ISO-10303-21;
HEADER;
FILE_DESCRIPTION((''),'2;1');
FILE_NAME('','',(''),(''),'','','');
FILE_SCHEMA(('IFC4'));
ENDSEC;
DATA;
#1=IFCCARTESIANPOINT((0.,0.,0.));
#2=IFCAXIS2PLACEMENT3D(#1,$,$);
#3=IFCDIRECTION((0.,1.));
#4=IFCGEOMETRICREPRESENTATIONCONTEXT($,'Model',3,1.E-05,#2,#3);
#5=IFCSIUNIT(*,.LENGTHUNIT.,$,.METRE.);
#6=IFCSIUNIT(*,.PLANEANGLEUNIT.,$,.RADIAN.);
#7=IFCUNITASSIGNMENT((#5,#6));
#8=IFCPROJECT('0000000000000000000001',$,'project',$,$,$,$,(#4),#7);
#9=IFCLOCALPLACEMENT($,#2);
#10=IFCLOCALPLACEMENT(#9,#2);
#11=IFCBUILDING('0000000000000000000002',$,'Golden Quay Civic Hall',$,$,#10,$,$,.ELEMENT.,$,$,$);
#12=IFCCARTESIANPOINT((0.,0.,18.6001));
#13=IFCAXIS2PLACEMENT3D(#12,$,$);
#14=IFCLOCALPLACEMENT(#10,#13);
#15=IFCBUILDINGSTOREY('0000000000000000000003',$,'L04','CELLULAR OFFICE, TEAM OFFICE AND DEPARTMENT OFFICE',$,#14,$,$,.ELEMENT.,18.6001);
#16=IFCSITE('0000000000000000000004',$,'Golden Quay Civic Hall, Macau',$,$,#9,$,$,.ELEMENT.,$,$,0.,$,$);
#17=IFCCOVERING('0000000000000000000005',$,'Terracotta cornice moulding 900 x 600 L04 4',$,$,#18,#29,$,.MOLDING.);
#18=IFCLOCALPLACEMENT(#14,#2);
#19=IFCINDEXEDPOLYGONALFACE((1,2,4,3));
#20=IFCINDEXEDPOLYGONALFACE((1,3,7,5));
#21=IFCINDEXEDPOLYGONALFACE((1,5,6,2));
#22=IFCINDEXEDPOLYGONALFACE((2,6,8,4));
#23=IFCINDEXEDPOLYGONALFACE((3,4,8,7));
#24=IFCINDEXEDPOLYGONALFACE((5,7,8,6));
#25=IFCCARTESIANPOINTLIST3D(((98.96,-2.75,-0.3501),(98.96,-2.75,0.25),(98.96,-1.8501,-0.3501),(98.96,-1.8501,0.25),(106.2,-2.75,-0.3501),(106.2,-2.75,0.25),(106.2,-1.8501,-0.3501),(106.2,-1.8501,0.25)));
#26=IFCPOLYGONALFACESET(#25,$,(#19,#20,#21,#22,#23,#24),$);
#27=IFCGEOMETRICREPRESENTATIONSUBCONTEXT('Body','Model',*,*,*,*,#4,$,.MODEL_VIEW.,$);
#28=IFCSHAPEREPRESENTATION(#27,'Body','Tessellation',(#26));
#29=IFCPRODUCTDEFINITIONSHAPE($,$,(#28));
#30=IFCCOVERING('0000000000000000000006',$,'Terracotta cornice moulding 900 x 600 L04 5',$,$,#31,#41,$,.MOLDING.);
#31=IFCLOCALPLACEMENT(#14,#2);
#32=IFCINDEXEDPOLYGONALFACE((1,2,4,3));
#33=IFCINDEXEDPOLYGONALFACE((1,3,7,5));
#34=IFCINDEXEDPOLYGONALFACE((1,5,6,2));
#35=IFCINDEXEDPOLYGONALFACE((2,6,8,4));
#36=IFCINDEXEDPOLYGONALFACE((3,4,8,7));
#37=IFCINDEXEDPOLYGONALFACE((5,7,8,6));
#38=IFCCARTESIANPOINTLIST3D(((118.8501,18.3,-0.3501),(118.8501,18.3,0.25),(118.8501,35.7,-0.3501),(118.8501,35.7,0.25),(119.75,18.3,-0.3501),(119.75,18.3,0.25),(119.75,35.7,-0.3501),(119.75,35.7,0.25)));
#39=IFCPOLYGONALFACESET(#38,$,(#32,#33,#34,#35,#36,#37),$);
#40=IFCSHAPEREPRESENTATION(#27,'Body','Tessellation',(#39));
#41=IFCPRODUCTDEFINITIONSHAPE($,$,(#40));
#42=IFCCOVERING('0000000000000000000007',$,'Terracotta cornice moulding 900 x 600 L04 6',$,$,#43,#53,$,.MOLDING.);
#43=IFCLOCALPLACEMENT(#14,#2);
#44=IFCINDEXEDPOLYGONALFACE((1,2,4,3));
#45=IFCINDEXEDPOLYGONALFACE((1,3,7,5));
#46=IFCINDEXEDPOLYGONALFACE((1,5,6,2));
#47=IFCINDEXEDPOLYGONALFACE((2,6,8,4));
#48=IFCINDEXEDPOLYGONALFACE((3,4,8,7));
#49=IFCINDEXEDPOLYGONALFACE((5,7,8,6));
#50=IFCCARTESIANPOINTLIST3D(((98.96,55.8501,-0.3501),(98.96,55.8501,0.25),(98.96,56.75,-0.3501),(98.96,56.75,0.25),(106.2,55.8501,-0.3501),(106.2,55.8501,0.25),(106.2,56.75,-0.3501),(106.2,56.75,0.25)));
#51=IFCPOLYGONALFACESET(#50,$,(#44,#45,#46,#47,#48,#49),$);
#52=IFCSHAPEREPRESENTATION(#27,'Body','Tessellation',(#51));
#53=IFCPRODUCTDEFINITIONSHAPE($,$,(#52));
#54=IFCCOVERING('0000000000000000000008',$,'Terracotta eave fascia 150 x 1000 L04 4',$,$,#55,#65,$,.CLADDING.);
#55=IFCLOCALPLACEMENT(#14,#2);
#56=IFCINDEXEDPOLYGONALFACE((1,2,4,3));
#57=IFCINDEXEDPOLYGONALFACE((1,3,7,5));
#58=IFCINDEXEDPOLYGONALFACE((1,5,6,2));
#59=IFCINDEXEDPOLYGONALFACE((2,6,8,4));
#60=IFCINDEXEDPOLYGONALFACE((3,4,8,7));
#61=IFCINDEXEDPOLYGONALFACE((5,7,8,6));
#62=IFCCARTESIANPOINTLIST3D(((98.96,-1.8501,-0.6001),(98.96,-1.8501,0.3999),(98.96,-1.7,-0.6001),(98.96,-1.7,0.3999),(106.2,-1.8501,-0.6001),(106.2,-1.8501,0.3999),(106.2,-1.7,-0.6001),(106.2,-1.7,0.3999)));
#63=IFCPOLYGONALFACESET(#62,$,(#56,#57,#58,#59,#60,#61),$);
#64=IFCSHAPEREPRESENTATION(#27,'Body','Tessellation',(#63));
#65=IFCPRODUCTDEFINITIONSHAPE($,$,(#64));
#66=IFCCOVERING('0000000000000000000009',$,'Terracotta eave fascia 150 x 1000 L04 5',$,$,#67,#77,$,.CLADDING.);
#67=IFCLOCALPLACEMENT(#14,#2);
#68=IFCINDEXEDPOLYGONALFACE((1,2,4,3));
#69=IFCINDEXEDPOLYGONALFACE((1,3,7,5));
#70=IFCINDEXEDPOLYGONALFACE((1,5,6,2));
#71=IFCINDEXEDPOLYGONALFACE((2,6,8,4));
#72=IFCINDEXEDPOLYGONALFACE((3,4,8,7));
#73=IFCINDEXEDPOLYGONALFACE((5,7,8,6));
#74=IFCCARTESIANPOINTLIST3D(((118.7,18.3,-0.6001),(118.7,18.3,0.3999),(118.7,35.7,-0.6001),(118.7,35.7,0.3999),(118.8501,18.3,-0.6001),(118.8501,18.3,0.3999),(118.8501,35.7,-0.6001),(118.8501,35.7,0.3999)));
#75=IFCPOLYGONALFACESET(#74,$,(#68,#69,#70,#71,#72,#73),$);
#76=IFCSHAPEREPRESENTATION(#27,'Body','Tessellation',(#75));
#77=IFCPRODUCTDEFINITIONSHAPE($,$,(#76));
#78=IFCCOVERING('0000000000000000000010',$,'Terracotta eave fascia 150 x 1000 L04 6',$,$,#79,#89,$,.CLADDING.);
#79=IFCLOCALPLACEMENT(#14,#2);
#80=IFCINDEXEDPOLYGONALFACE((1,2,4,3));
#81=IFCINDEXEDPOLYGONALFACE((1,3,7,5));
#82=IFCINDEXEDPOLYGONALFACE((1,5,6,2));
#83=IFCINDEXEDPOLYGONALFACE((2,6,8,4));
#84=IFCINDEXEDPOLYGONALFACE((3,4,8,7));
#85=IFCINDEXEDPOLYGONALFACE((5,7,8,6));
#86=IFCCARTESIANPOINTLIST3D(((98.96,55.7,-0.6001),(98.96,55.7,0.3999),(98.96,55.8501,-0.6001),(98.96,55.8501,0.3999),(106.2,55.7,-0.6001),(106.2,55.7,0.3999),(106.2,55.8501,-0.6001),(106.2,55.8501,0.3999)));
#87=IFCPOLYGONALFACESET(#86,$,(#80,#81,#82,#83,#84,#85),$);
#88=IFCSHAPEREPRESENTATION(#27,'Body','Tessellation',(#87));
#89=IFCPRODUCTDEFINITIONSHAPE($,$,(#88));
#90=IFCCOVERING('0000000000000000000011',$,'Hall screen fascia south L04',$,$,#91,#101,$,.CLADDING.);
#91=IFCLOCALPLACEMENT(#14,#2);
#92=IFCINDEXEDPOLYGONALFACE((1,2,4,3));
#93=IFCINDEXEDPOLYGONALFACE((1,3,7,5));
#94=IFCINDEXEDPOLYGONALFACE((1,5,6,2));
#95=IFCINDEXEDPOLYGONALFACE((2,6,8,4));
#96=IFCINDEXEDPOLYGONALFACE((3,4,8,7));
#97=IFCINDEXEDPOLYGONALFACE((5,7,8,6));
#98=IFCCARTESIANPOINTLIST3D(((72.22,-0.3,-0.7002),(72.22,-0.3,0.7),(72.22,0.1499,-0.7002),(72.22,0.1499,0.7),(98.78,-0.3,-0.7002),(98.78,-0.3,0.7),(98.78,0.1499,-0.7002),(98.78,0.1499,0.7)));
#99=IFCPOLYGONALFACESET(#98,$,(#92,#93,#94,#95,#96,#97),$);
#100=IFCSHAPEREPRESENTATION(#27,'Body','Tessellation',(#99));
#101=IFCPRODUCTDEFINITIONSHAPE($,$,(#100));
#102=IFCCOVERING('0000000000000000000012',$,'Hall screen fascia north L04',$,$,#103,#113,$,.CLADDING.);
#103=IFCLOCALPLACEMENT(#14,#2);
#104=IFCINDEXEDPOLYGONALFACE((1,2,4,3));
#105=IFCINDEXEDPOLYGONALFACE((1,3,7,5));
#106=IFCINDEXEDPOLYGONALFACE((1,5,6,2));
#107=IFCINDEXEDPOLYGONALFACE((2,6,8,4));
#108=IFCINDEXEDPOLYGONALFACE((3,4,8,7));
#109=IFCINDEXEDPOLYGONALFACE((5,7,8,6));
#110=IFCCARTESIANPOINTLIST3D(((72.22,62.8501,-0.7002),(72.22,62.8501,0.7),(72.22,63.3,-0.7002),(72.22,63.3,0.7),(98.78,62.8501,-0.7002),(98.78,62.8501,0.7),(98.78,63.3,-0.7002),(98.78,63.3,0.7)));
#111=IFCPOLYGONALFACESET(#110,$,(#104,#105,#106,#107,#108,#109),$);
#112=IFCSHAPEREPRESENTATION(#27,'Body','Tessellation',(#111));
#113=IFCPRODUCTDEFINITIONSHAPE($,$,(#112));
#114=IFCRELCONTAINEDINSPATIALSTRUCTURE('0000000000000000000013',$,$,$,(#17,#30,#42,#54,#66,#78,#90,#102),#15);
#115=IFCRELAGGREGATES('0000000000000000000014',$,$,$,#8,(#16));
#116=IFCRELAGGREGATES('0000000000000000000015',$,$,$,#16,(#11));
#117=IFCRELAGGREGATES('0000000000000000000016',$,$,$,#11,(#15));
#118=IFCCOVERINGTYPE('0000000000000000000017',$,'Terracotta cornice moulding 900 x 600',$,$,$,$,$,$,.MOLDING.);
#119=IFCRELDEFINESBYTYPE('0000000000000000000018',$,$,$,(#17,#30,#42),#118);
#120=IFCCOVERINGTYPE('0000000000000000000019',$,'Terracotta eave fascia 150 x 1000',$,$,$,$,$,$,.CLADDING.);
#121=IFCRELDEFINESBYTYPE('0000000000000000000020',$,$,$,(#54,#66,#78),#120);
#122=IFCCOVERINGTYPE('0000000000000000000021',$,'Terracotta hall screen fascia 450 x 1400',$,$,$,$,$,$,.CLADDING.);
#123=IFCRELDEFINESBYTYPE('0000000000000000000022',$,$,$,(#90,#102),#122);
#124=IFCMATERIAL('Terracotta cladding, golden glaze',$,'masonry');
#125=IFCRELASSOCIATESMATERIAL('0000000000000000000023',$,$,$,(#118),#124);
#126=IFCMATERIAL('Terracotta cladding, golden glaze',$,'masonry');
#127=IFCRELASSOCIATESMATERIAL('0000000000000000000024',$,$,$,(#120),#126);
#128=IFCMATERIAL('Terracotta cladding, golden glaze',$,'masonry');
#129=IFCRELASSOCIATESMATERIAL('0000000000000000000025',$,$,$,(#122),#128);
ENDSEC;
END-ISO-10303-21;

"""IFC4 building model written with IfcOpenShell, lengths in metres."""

from ifc_helpers import new_model, si_unit, direction, frame, origin, place, context, subcontext, project, spatial, polyline, outline, extrude, material, type_object, element, save


model = new_model("IFC4")

# Units and contexts
model_context = context("Model", 3, precision=1e-05, world=origin(), true_north=direction((0.0, 1.0)))
body_context = subcontext(model_context, "Body", "Model", "MODEL_VIEW")
ifc_project = project(units=[si_unit("LENGTHUNIT", "METRE"), si_unit("PLANEANGLEUNIT", "RADIAN")], contexts=[model_context])

# Site, building, storey
site_placement = place(None, origin())
site = spatial("IfcSite", under=ifc_project, at=site_placement, Name="Golden Quay Civic Hall, Macau", CompositionType="ELEMENT", RefElevation=0.0)
building_placement = place(site_placement, origin())
building = spatial("IfcBuilding", under=site, at=building_placement, Name="Golden Quay Civic Hall", CompositionType="ELEMENT")
storey_placement = place(building_placement, frame((0.0, 0.0, 18.6001)))
storey = spatial("IfcBuildingStorey", under=building, at=storey_placement, Name="L04", Description="CELLULAR OFFICE, TEAM OFFICE AND DEPARTMENT OFFICE", CompositionType="ELEMENT", Elevation=18.6001)

# Coverings
ifc_material_1 = material(Name="Terracotta cladding, golden glaze", Category="masonry")
covering_type_1 = type_object("IfcCoveringType", Name="Terracotta cornice moulding 900 x 600", PredefinedType="MOLDING", material=ifc_material_1)
covering_1_placement = place(storey_placement, frame((0.0, 0.0, -0.3501)))
element("IfcCovering", 1, at=covering_1_placement, inside=storey, type_object=covering_type_1, Name="Terracotta cornice moulding 900 x 600 L04 4", PredefinedType="MOLDING", context=body_context, shape_type="SweptSolid", body=[
    extrude(outline(polyline([(98.96, -2.75), (98.96, -1.8501), (106.2, -1.8501), (106.2, -2.75), (98.96, -2.75)])), origin(), (0.0, 0.0, 1.0), 0.6001),
])
covering_2_placement = place(storey_placement, frame((0.0, 0.0, -0.3501)))
element("IfcCovering", 2, at=covering_2_placement, inside=storey, type_object=covering_type_1, Name="Terracotta cornice moulding 900 x 600 L04 5", PredefinedType="MOLDING", context=body_context, shape_type="SweptSolid", body=[
    extrude(outline(polyline([(118.8501, 35.7), (119.75, 35.7), (119.75, 18.3), (118.8501, 18.3), (118.8501, 35.7)])), origin(), (0.0, 0.0, 1.0), 0.6001),
])
covering_3_placement = place(storey_placement, frame((0.0, 0.0, -0.3501)))
element("IfcCovering", 3, at=covering_3_placement, inside=storey, type_object=covering_type_1, Name="Terracotta cornice moulding 900 x 600 L04 6", PredefinedType="MOLDING", context=body_context, shape_type="SweptSolid", body=[
    extrude(outline(polyline([(98.96, 55.8501), (98.96, 56.75), (106.2, 56.75), (106.2, 55.8501), (98.96, 55.8501)])), origin(), (0.0, 0.0, 1.0), 0.6001),
])
ifc_material_2 = material(Name="Terracotta cladding, golden glaze", Category="masonry")
covering_type_2 = type_object("IfcCoveringType", Name="Terracotta eave fascia 150 x 1000", PredefinedType="CLADDING", material=ifc_material_2)
covering_4_placement = place(storey_placement, frame((0.0, 0.0, -0.6001)))
element("IfcCovering", 4, at=covering_4_placement, inside=storey, type_object=covering_type_2, Name="Terracotta eave fascia 150 x 1000 L04 4", PredefinedType="CLADDING", context=body_context, shape_type="SweptSolid", body=[
    extrude(outline(polyline([(98.96, -1.8501), (98.96, -1.7), (106.2, -1.7), (106.2, -1.8501), (98.96, -1.8501)])), origin(), (0.0, 0.0, 1.0), 1.0),
])
covering_5_placement = place(storey_placement, frame((0.0, 0.0, -0.6001)))
element("IfcCovering", 5, at=covering_5_placement, inside=storey, type_object=covering_type_2, Name="Terracotta eave fascia 150 x 1000 L04 5", PredefinedType="CLADDING", context=body_context, shape_type="SweptSolid", body=[
    extrude(outline(polyline([(118.7, 35.7), (118.8501, 35.7), (118.8501, 18.3), (118.7, 18.3), (118.7, 35.7)])), origin(), (0.0, 0.0, 1.0), 1.0),
])
covering_6_placement = place(storey_placement, frame((0.0, 0.0, -0.6001)))
element("IfcCovering", 6, at=covering_6_placement, inside=storey, type_object=covering_type_2, Name="Terracotta eave fascia 150 x 1000 L04 6", PredefinedType="CLADDING", context=body_context, shape_type="SweptSolid", body=[
    extrude(outline(polyline([(98.96, 55.7), (98.96, 55.8501), (106.2, 55.8501), (106.2, 55.7), (98.96, 55.7)])), origin(), (0.0, 0.0, 1.0), 1.0),
])
ifc_material_3 = material(Name="Terracotta cladding, golden glaze", Category="masonry")
covering_type_3 = type_object("IfcCoveringType", Name="Terracotta hall screen fascia 450 x 1400", PredefinedType="CLADDING", material=ifc_material_3)
covering_7_placement = place(storey_placement, frame((0.0, 0.0, -0.7002)))
element("IfcCovering", 7, at=covering_7_placement, inside=storey, type_object=covering_type_3, Name="Hall screen fascia south L04", PredefinedType="CLADDING", context=body_context, shape_type="SweptSolid", body=[
    extrude(outline(polyline([(72.22, -0.3), (98.78, -0.3), (98.78, 0.1499), (72.22, 0.1499), (72.22, -0.3)])), origin(), (0.0, 0.0, 1.0), 1.4001),
])
covering_8_placement = place(storey_placement, frame((0.0, 0.0, -0.7002)))
element("IfcCovering", 8, at=covering_8_placement, inside=storey, type_object=covering_type_3, Name="Hall screen fascia north L04", PredefinedType="CLADDING", context=body_context, shape_type="SweptSolid", body=[
    extrude(outline(polyline([(72.22, 63.3), (98.78, 63.3), (98.78, 62.8501), (72.22, 62.8501), (72.22, 63.3)])), origin(), (0.0, 0.0, 1.0), 1.4001),
])

save(model, "model.ifc")
